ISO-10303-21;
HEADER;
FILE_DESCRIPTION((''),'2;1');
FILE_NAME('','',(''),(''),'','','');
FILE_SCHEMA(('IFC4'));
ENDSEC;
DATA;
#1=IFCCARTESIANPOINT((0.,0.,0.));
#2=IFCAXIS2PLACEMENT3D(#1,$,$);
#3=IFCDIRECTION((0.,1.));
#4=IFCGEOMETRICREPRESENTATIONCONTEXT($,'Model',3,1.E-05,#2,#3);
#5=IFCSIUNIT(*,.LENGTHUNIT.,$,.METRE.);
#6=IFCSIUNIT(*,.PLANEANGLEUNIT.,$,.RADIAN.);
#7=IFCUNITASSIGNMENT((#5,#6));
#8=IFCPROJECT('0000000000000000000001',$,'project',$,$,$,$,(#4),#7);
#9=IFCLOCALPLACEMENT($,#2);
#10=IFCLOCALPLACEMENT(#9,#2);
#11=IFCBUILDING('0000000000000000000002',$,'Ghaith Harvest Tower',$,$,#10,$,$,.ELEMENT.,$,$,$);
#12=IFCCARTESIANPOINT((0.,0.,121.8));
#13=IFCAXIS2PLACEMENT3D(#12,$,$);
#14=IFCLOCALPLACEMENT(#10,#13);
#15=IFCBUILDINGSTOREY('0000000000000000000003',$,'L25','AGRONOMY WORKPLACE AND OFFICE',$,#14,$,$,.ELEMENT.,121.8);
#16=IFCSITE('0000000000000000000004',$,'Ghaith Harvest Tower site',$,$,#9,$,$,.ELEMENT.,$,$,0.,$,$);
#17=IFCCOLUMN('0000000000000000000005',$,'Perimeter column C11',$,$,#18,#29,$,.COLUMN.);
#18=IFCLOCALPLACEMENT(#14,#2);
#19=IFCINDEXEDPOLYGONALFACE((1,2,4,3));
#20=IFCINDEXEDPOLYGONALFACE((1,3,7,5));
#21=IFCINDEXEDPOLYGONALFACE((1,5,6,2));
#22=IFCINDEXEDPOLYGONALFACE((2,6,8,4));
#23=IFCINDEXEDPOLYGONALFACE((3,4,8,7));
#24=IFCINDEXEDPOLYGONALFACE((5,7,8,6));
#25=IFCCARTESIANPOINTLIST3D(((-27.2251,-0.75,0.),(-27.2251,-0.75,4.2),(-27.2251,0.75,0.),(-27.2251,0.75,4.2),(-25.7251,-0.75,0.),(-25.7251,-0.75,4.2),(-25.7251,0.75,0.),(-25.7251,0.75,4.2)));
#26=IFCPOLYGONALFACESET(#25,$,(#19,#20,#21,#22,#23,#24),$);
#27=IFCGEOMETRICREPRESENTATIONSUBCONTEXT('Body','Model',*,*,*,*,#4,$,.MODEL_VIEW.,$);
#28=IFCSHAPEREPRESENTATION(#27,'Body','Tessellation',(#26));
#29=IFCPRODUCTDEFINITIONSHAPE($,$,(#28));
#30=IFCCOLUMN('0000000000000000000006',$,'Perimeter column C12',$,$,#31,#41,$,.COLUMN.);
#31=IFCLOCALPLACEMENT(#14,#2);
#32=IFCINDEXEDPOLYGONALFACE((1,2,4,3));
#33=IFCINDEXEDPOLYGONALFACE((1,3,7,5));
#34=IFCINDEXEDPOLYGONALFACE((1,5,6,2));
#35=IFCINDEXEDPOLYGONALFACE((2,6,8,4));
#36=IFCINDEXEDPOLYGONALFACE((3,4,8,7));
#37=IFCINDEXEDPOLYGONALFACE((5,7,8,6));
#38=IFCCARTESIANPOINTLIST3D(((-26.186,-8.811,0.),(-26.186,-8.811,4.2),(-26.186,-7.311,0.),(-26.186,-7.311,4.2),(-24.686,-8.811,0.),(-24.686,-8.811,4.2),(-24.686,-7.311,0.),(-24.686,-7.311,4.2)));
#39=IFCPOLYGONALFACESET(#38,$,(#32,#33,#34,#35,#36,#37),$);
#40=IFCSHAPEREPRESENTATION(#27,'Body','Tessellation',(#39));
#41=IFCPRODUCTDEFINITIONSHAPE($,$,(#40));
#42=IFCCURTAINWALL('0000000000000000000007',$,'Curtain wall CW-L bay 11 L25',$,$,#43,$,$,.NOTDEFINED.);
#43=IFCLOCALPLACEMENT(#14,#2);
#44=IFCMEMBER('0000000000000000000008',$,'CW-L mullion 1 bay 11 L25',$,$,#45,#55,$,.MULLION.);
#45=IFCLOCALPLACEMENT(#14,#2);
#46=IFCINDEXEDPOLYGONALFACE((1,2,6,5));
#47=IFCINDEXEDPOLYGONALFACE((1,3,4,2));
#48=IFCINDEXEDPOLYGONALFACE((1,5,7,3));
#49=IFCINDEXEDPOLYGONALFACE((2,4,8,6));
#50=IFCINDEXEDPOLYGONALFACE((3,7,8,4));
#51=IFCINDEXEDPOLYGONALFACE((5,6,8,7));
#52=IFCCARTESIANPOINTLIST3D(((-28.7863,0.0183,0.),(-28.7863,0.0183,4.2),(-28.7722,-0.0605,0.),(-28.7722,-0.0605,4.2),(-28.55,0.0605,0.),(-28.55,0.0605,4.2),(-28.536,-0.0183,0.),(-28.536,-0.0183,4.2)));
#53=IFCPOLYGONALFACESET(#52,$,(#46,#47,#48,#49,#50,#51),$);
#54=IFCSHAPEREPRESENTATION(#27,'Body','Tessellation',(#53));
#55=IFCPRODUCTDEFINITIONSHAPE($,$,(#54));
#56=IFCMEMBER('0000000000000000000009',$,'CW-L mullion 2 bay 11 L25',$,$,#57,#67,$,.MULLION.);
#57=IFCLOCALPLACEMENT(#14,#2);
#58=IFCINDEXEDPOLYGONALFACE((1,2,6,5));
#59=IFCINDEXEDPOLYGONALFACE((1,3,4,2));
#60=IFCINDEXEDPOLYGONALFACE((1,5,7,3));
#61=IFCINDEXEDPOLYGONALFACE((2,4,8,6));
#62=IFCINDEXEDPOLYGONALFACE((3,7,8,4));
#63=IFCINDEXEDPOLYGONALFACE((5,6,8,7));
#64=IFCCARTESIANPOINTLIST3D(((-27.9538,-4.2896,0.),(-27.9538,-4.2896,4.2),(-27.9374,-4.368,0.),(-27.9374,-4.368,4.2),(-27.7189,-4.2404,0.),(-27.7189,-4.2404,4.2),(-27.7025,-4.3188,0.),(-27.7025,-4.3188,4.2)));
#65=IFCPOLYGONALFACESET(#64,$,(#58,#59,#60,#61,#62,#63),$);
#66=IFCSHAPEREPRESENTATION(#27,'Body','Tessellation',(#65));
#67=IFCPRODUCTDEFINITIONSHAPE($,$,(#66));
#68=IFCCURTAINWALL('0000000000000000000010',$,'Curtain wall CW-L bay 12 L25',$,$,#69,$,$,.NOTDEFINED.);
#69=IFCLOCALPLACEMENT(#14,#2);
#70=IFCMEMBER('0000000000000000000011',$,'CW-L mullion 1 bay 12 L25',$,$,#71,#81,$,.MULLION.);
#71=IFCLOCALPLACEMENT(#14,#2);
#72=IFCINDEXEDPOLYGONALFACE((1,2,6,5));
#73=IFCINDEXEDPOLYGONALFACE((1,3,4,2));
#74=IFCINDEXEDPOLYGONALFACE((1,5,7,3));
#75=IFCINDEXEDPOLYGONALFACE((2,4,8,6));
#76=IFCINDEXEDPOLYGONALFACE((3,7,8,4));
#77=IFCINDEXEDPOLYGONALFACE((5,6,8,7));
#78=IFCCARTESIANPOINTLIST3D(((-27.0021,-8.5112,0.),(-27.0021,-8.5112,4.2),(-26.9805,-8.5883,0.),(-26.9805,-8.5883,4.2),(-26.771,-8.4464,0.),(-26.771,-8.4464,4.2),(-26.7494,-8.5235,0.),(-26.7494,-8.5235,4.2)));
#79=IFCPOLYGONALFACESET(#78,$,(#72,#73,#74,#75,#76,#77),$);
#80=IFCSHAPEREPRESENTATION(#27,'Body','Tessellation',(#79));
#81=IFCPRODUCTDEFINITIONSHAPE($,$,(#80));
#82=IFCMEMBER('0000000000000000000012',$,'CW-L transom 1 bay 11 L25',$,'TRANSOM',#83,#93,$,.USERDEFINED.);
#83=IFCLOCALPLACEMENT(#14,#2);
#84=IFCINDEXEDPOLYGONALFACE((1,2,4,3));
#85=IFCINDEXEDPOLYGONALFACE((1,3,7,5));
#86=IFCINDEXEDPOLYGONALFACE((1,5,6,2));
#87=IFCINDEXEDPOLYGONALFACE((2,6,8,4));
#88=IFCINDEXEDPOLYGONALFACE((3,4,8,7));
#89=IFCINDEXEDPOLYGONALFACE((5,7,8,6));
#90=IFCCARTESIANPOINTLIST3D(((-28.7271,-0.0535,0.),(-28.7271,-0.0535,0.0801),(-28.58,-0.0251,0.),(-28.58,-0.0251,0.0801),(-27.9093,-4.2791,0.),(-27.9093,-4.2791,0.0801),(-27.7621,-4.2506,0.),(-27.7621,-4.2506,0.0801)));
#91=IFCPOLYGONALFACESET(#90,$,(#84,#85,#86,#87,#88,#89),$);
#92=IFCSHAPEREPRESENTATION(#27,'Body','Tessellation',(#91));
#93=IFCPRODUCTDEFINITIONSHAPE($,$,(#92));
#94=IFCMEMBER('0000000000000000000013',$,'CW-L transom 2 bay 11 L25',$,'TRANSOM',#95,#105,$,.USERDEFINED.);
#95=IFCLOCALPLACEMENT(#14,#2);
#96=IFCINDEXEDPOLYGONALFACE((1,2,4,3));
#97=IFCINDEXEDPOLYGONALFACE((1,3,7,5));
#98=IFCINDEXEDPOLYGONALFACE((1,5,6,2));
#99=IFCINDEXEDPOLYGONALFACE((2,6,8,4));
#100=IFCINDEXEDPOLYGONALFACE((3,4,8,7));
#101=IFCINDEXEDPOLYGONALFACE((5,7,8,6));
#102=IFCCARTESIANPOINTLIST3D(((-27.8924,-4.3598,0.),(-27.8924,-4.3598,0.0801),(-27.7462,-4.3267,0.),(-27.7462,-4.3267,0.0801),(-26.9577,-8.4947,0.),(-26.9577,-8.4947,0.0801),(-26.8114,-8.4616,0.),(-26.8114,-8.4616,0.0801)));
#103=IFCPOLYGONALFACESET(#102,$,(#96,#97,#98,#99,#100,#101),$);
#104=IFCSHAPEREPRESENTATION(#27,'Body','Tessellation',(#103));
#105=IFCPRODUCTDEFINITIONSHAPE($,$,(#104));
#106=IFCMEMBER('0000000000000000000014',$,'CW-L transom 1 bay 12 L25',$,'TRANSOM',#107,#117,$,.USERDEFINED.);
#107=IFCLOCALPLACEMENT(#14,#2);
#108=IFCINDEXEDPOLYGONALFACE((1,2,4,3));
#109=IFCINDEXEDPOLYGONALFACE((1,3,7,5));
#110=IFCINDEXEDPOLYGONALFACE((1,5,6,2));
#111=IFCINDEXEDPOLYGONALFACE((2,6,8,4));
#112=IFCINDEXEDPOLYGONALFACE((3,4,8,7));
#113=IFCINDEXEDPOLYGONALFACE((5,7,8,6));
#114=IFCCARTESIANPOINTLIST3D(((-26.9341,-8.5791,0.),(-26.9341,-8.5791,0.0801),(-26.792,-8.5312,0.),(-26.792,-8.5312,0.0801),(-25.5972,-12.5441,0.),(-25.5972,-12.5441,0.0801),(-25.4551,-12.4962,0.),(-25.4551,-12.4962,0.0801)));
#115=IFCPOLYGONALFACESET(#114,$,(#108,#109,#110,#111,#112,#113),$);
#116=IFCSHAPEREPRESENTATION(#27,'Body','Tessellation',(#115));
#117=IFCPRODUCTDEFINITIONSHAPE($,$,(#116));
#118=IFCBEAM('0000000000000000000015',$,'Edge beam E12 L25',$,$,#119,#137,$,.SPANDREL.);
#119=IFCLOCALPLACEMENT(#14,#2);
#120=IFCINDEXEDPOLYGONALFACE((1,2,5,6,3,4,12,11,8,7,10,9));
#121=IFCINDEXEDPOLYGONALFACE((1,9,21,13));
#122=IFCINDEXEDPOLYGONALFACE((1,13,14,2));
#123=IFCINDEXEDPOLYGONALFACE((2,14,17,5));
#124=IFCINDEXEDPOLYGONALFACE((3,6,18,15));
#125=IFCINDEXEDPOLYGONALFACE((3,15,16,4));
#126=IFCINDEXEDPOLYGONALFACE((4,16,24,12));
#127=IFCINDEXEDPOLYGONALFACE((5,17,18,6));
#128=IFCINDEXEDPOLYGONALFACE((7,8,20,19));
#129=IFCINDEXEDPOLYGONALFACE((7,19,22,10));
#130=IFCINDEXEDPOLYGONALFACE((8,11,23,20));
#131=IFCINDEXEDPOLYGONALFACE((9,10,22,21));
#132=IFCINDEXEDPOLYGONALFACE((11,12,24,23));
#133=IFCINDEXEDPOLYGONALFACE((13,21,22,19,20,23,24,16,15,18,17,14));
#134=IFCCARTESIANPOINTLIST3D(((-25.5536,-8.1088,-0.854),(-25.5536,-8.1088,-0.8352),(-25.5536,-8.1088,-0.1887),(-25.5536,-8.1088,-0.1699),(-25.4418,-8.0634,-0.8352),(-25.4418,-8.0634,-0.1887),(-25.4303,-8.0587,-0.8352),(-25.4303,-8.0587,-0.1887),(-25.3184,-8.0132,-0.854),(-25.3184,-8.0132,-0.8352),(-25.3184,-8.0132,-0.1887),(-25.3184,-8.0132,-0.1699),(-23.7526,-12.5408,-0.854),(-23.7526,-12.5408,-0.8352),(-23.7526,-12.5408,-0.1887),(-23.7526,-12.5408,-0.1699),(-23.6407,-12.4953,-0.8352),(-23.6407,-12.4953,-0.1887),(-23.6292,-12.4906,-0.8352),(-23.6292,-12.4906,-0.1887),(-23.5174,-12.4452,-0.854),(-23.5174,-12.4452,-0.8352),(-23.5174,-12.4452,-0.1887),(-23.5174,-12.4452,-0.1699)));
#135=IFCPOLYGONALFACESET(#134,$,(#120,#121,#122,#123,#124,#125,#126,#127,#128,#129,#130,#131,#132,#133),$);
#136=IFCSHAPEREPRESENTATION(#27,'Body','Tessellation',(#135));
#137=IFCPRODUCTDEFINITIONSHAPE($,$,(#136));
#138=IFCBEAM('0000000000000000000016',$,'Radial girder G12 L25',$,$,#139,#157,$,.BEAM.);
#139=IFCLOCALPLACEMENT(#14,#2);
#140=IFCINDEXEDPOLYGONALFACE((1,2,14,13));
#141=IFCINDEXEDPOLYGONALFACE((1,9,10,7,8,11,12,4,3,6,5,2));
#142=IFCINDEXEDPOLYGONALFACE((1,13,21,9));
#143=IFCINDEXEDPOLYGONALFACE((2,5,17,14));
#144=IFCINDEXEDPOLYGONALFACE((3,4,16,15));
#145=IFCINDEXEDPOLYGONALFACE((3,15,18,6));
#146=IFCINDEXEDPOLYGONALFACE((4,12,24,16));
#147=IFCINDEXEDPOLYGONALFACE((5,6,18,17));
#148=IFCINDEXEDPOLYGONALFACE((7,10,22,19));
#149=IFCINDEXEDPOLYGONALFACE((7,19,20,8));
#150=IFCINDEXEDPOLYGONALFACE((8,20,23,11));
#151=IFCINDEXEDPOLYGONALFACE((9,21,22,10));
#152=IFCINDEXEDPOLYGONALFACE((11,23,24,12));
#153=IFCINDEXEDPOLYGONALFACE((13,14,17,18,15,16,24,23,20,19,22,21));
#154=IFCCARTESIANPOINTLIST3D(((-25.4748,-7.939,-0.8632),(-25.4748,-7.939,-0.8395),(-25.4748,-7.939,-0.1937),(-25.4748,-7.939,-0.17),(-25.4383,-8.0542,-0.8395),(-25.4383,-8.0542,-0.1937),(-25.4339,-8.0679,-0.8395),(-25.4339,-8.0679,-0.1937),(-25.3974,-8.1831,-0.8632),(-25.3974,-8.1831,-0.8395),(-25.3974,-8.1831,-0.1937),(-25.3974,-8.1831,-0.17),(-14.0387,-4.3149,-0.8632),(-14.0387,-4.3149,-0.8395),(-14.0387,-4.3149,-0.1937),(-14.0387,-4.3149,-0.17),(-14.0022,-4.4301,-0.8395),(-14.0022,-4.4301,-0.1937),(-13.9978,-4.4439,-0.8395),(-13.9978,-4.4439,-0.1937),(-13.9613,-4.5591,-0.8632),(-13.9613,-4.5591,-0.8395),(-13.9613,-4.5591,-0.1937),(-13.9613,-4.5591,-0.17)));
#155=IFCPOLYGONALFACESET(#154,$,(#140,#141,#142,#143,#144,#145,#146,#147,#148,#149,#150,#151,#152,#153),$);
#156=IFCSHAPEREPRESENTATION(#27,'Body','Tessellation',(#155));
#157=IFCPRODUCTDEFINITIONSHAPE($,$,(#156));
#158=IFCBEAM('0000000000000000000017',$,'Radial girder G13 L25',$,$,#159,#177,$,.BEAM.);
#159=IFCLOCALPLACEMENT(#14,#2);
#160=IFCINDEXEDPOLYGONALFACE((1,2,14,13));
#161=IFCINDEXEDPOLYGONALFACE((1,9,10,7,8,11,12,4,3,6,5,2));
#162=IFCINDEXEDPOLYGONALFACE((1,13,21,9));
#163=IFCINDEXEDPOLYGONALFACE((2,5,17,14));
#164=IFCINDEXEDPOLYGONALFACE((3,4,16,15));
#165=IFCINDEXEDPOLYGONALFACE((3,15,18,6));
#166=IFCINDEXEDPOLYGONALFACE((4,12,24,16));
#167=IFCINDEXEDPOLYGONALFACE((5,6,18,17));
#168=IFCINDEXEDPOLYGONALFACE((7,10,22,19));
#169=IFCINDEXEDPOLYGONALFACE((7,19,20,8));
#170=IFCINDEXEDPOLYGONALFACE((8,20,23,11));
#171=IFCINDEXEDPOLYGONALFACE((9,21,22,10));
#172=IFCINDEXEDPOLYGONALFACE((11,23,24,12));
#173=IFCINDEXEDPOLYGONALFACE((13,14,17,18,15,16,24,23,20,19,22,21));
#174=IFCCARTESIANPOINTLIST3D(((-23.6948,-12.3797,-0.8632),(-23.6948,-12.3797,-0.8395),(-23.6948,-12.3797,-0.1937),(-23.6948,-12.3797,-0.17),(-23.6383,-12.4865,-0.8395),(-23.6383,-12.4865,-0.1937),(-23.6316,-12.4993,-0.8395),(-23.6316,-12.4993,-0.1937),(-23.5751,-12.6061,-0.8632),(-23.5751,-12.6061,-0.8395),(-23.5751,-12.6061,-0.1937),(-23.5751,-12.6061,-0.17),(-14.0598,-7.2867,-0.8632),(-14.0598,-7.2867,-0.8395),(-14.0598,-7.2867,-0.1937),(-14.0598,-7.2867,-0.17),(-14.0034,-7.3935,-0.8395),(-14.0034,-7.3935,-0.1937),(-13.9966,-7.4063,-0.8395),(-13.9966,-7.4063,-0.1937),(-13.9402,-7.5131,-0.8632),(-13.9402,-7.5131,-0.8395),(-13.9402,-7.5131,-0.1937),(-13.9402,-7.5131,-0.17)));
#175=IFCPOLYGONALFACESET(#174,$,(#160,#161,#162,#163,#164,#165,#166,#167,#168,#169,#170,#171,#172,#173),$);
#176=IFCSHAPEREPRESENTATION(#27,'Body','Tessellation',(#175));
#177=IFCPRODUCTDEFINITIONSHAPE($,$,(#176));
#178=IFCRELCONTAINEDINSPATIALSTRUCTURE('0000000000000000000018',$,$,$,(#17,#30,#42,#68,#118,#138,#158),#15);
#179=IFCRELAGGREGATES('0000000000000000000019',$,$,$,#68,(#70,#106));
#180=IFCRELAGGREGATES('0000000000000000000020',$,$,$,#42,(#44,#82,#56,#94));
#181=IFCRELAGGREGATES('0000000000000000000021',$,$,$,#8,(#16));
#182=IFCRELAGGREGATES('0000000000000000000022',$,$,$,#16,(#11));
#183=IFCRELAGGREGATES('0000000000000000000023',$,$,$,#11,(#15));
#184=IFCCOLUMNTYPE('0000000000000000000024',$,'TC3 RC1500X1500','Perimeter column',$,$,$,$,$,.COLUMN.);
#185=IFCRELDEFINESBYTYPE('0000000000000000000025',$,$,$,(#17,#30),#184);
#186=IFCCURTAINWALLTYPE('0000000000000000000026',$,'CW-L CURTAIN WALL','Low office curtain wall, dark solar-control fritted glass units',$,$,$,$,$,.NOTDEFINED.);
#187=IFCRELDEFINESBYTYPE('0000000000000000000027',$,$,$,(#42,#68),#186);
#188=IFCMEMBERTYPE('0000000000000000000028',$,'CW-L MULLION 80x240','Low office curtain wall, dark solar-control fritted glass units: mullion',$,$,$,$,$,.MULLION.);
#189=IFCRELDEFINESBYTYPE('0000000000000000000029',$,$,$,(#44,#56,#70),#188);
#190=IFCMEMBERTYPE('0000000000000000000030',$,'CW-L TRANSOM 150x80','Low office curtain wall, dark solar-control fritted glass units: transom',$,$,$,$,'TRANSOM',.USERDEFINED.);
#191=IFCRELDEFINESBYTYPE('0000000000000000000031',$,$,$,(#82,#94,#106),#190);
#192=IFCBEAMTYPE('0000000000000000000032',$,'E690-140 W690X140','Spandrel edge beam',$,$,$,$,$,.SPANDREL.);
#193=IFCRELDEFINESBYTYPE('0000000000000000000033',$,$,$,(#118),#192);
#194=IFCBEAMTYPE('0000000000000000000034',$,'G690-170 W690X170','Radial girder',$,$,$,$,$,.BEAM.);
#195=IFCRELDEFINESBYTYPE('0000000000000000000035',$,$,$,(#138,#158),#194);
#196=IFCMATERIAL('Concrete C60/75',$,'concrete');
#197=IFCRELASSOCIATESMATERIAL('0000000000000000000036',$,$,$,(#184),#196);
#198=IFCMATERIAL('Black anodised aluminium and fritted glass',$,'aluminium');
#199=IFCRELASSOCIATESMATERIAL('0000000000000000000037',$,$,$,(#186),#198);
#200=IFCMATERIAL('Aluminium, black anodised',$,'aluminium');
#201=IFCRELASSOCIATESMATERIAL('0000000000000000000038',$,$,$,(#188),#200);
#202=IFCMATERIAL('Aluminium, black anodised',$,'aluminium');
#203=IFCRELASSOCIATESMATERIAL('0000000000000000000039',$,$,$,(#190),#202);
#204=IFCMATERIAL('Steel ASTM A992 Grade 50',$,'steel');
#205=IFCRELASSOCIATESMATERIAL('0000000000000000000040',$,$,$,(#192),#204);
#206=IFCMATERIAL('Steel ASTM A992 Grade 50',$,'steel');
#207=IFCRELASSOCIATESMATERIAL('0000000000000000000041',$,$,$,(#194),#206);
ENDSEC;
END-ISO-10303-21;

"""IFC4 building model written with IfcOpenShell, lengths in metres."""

from ifc_helpers import new_model, si_unit, direction, frame, origin, origin_2d, place, context, subcontext, project, spatial, rectangle, i_section, extrude, material, material_profile, profile_set, type_object, element, aggregate, save


model = new_model("IFC4")

# Units and contexts
model_context = context("Model", 3, precision=1e-05, world=origin(), true_north=direction((0.0, 1.0)))
body_context = subcontext(model_context, "Body", "Model", "MODEL_VIEW")
ifc_project = project(units=[si_unit("LENGTHUNIT", "METRE"), si_unit("PLANEANGLEUNIT", "RADIAN")], contexts=[model_context])

# Site, building, storey
site_placement = place(None, origin())
site = spatial("IfcSite", under=ifc_project, at=site_placement, Name="Ghaith Harvest Tower site", CompositionType="ELEMENT", RefElevation=0.0)
building_placement = place(site_placement, origin())
building = spatial("IfcBuilding", under=site, at=building_placement, Name="Ghaith Harvest Tower", CompositionType="ELEMENT")
storey_placement = place(building_placement, frame((0.0, 0.0, 121.8)))
storey = spatial("IfcBuildingStorey", under=building, at=storey_placement, Name="L25", Description="AGRONOMY WORKPLACE AND OFFICE", CompositionType="ELEMENT", Elevation=121.8)

# Columns
ifc_material_1 = material(Name="Concrete C60/75", Category="concrete")
ifc_material_profile_1 = material_profile(ifc_material_1, rectangle(XDim=1.5, YDim=1.5, at=origin_2d()), Name="RC1500X1500")
ifc_profile_set_1 = profile_set([ifc_material_profile_1], Name="Concrete C60/75")
column_type = type_object("IfcColumnType", Name="TC3 RC1500X1500", Description="Perimeter column", PredefinedType="COLUMN", material=ifc_profile_set_1)
for number, where, z_axis, x_axis, name in (
    (1, (-26.4751, 0.0, 0.0), (0.0, 0.0, 1.0), (1.0, 0.0, 0.0), "Perimeter column C11"),
    (2, (-25.436, -8.061, 0.0), (0.0, 0.0, 1.0), (1.0, 0.0, 0.0), "Perimeter column C12"),
):
    element("IfcColumn", number, at=place(storey_placement, frame(where, z_axis=z_axis, x_axis=x_axis)), inside=storey, type_object=column_type, Name=name, PredefinedType="COLUMN", context=body_context, shape_type="SweptSolid", body=[
        extrude(rectangle(XDim=1.5, YDim=1.5, at=origin_2d()), origin(), (0.0, 0.0, 1.0), 4.2),
    ])

# Curtain wall, members
ifc_material_2 = material(Name="Black anodised aluminium and fritted glass", Category="aluminium")
curtain_wall_type = type_object("IfcCurtainWallType", Name="CW-L CURTAIN WALL", Description="Low office curtain wall, dark solar-control fritted glass units", PredefinedType="NOTDEFINED", material=ifc_material_2)
curtain_wall_1_placement = place(storey_placement, origin())
curtain_wall_1 = element("IfcCurtainWall", 3, at=curtain_wall_1_placement, inside=storey, type_object=curtain_wall_type, Name="Curtain wall CW-L bay 11 L25", PredefinedType="NOTDEFINED")
ifc_material_3 = material(Name="Aluminium, black anodised", Category="aluminium")
ifc_material_profile_2 = material_profile(ifc_material_3, rectangle(XDim=0.0801, YDim=0.24, at=origin_2d()), Name="CW-L MULLION 80x240")
ifc_profile_set_2 = profile_set([ifc_material_profile_2], Name="Aluminium, black anodised")
member_type_1 = type_object("IfcMemberType", Name="CW-L MULLION 80x240", Description="Low office curtain wall, dark solar-control fritted glass units: mullion", PredefinedType="MULLION", material=ifc_profile_set_2)
member_1_placement = place(storey_placement, frame((-28.6611, 0.0, 0.0), z_axis=(0.0, 0.0, 1.0), x_axis=(0.175827, -0.984421, 0.0)))
member_1 = element("IfcMember", 4, at=member_1_placement, type_object=member_type_1, Name="CW-L mullion 1 bay 11 L25", PredefinedType="MULLION", context=body_context, shape_type="SweptSolid", body=[
    extrude(rectangle(XDim=0.0801, YDim=0.24, at=origin_2d()), origin(), (0.0, 0.0, 1.0), 4.2),
])
member_2_placement = place(storey_placement, frame((-27.8281, -4.3042, 0.0), z_axis=(0.0, 0.0, 1.0), x_axis=(0.205176, -0.978725, 0.0)))
member_2 = element("IfcMember", 5, at=member_2_placement, type_object=member_type_1, Name="CW-L mullion 2 bay 11 L25", PredefinedType="MULLION", context=body_context, shape_type="SweptSolid", body=[
    extrude(rectangle(XDim=0.0801, YDim=0.24, at=origin_2d()), origin(), (0.0, 0.0, 1.0), 4.2),
])

# Curtain wall, member
curtain_wall_2_placement = place(storey_placement, origin())
curtain_wall_2 = element("IfcCurtainWall", 6, at=curtain_wall_2_placement, inside=storey, type_object=curtain_wall_type, Name="Curtain wall CW-L bay 12 L25", PredefinedType="NOTDEFINED")
member_3_placement = place(storey_placement, frame((-26.8757, -8.5173, 0.0), z_axis=(0.0, 0.0, 1.0), x_axis=(0.270019, -0.962855, 0.0)))
member_3 = element("IfcMember", 7, at=member_3_placement, type_object=member_type_1, Name="CW-L mullion 1 bay 12 L25", PredefinedType="MULLION", context=body_context, shape_type="SweptSolid", body=[
    extrude(rectangle(XDim=0.0801, YDim=0.24, at=origin_2d()), origin(), (0.0, 0.0, 1.0), 4.2),
])

# Members
ifc_material_4 = material(Name="Aluminium, black anodised", Category="aluminium")
ifc_material_profile_3 = material_profile(ifc_material_4, rectangle(XDim=0.1499, YDim=0.0801, at=origin_2d()), Name="CW-L TRANSOM 150x80")
ifc_profile_set_3 = profile_set([ifc_material_profile_3], Name="Aluminium, black anodised")
member_type_2 = type_object("IfcMemberType", Name="CW-L TRANSOM 150x80", Description="Low office curtain wall, dark solar-control fritted glass units: transom", ElementType="TRANSOM", PredefinedType="USERDEFINED", material=ifc_profile_set_3)
member_4_placement = place(storey_placement, frame((-28.6536, -0.0393, 0.04), z_axis=(0.190025, -0.981779, 0.0), x_axis=(0.981779, 0.190025, 0.0)))
member_4 = element("IfcMember", 8, at=member_4_placement, type_object=member_type_2, Name="CW-L transom 1 bay 11 L25", ObjectType="TRANSOM", PredefinedType="USERDEFINED", context=body_context, shape_type="SweptSolid", body=[
    extrude(rectangle(XDim=0.1499, YDim=0.0801, at=origin_2d()), origin(), (0.0, 0.0, 1.0), 4.304),
])
member_5_placement = place(storey_placement, frame((-27.8193, -4.3433, 0.04), z_axis=(0.220508, -0.975385, 0.0), x_axis=(0.975385, 0.220508, 0.0)))
member_5 = element("IfcMember", 9, at=member_5_placement, type_object=member_type_2, Name="CW-L transom 2 bay 11 L25", ObjectType="TRANSOM", PredefinedType="USERDEFINED", context=body_context, shape_type="SweptSolid", body=[
    extrude(rectangle(XDim=0.1499, YDim=0.0801, at=origin_2d()), origin(), (0.0, 0.0, 1.0), 4.2393),
])
member_6_placement = place(storey_placement, frame((-26.863, -8.5552, 0.04), z_axis=(0.319499, -0.947587, 0.0), x_axis=(0.947587, 0.319499, 0.0)))
member_6 = element("IfcMember", 10, at=member_6_placement, type_object=member_type_2, Name="CW-L transom 1 bay 12 L25", ObjectType="TRANSOM", PredefinedType="USERDEFINED", context=body_context, shape_type="SweptSolid", body=[
    extrude(rectangle(XDim=0.1499, YDim=0.0801, at=origin_2d()), origin(), (0.0, 0.0, 1.0), 4.1843),
])
aggregate(curtain_wall_2, [member_3, member_6])

# Beams
ifc_material_5 = material(Name="Steel ASTM A992 Grade 50", Category="steel")
ifc_material_profile_4 = material_profile(ifc_material_5, i_section(OverallWidth=0.2539, OverallDepth=0.6841, WebThickness=0.0125, FlangeThickness=0.0188, at=origin_2d()), Name="W690X140")
ifc_profile_set_4 = profile_set([ifc_material_profile_4], Name="Steel ASTM A992 Grade 50")
beam_type_1 = type_object("IfcBeamType", Name="E690-140 W690X140", Description="Spandrel edge beam", PredefinedType="SPANDREL", material=ifc_profile_set_4)
beam_1_placement = place(storey_placement, frame((-25.436, -8.061, -0.512), z_axis=(0.37648, -0.926425, 0.0), x_axis=(0.926425, 0.37648, 0.0)))
element("IfcBeam", 11, at=beam_1_placement, inside=storey, type_object=beam_type_1, Name="Edge beam E12 L25", PredefinedType="SPANDREL", context=body_context, shape_type="SweptSolid", body=[
    extrude(i_section(OverallWidth=0.2539, OverallDepth=0.6841, WebThickness=0.0125, FlangeThickness=0.0188, at=origin_2d()), origin(), (0.0, 0.0, 1.0), 4.7839),
])
ifc_material_6 = material(Name="Steel ASTM A992 Grade 50", Category="steel")
ifc_material_profile_5 = material_profile(ifc_material_6, i_section(OverallWidth=0.2561, OverallDepth=0.6931, WebThickness=0.0144, FlangeThickness=0.0237, at=origin_2d()), Name="W690X170")
ifc_profile_set_5 = profile_set([ifc_material_profile_5], Name="Steel ASTM A992 Grade 50")
beam_type_2 = type_object("IfcBeamType", Name="G690-170 W690X170", Description="Radial girder", PredefinedType="BEAM", material=ifc_profile_set_5)
beam_2_placement = place(storey_placement, frame((-14.0, -4.437, -0.5166), z_axis=(-0.95328, -0.30209, 0.0), x_axis=(0.30209, -0.95328, 0.0)))
element("IfcBeam", 12, at=beam_2_placement, inside=storey, type_object=beam_type_2, Name="Radial girder G12 L25", PredefinedType="BEAM", context=body_context, shape_type="SweptSolid", body=[
    extrude(i_section(OverallWidth=0.2561, OverallDepth=0.6931, WebThickness=0.0144, FlangeThickness=0.0237, at=origin_2d()), origin(), (0.0, 0.0, 1.0), 11.9966),
])
beam_3_placement = place(storey_placement, frame((-14.0, -7.3999, -0.5166), z_axis=(-0.884086, -0.467324, 0.0), x_axis=(0.467324, -0.884086, 0.0)))
element("IfcBeam", 13, at=beam_3_placement, inside=storey, type_object=beam_type_2, Name="Radial girder G13 L25", PredefinedType="BEAM", context=body_context, shape_type="SweptSolid", body=[
    extrude(i_section(OverallWidth=0.2561, OverallDepth=0.6931, WebThickness=0.0144, FlangeThickness=0.0237, at=origin_2d()), origin(), (0.0, 0.0, 1.0), 10.8982),
])

aggregate(curtain_wall_1, [member_1, member_4, member_2, member_5])

save(model, "model.ifc")
